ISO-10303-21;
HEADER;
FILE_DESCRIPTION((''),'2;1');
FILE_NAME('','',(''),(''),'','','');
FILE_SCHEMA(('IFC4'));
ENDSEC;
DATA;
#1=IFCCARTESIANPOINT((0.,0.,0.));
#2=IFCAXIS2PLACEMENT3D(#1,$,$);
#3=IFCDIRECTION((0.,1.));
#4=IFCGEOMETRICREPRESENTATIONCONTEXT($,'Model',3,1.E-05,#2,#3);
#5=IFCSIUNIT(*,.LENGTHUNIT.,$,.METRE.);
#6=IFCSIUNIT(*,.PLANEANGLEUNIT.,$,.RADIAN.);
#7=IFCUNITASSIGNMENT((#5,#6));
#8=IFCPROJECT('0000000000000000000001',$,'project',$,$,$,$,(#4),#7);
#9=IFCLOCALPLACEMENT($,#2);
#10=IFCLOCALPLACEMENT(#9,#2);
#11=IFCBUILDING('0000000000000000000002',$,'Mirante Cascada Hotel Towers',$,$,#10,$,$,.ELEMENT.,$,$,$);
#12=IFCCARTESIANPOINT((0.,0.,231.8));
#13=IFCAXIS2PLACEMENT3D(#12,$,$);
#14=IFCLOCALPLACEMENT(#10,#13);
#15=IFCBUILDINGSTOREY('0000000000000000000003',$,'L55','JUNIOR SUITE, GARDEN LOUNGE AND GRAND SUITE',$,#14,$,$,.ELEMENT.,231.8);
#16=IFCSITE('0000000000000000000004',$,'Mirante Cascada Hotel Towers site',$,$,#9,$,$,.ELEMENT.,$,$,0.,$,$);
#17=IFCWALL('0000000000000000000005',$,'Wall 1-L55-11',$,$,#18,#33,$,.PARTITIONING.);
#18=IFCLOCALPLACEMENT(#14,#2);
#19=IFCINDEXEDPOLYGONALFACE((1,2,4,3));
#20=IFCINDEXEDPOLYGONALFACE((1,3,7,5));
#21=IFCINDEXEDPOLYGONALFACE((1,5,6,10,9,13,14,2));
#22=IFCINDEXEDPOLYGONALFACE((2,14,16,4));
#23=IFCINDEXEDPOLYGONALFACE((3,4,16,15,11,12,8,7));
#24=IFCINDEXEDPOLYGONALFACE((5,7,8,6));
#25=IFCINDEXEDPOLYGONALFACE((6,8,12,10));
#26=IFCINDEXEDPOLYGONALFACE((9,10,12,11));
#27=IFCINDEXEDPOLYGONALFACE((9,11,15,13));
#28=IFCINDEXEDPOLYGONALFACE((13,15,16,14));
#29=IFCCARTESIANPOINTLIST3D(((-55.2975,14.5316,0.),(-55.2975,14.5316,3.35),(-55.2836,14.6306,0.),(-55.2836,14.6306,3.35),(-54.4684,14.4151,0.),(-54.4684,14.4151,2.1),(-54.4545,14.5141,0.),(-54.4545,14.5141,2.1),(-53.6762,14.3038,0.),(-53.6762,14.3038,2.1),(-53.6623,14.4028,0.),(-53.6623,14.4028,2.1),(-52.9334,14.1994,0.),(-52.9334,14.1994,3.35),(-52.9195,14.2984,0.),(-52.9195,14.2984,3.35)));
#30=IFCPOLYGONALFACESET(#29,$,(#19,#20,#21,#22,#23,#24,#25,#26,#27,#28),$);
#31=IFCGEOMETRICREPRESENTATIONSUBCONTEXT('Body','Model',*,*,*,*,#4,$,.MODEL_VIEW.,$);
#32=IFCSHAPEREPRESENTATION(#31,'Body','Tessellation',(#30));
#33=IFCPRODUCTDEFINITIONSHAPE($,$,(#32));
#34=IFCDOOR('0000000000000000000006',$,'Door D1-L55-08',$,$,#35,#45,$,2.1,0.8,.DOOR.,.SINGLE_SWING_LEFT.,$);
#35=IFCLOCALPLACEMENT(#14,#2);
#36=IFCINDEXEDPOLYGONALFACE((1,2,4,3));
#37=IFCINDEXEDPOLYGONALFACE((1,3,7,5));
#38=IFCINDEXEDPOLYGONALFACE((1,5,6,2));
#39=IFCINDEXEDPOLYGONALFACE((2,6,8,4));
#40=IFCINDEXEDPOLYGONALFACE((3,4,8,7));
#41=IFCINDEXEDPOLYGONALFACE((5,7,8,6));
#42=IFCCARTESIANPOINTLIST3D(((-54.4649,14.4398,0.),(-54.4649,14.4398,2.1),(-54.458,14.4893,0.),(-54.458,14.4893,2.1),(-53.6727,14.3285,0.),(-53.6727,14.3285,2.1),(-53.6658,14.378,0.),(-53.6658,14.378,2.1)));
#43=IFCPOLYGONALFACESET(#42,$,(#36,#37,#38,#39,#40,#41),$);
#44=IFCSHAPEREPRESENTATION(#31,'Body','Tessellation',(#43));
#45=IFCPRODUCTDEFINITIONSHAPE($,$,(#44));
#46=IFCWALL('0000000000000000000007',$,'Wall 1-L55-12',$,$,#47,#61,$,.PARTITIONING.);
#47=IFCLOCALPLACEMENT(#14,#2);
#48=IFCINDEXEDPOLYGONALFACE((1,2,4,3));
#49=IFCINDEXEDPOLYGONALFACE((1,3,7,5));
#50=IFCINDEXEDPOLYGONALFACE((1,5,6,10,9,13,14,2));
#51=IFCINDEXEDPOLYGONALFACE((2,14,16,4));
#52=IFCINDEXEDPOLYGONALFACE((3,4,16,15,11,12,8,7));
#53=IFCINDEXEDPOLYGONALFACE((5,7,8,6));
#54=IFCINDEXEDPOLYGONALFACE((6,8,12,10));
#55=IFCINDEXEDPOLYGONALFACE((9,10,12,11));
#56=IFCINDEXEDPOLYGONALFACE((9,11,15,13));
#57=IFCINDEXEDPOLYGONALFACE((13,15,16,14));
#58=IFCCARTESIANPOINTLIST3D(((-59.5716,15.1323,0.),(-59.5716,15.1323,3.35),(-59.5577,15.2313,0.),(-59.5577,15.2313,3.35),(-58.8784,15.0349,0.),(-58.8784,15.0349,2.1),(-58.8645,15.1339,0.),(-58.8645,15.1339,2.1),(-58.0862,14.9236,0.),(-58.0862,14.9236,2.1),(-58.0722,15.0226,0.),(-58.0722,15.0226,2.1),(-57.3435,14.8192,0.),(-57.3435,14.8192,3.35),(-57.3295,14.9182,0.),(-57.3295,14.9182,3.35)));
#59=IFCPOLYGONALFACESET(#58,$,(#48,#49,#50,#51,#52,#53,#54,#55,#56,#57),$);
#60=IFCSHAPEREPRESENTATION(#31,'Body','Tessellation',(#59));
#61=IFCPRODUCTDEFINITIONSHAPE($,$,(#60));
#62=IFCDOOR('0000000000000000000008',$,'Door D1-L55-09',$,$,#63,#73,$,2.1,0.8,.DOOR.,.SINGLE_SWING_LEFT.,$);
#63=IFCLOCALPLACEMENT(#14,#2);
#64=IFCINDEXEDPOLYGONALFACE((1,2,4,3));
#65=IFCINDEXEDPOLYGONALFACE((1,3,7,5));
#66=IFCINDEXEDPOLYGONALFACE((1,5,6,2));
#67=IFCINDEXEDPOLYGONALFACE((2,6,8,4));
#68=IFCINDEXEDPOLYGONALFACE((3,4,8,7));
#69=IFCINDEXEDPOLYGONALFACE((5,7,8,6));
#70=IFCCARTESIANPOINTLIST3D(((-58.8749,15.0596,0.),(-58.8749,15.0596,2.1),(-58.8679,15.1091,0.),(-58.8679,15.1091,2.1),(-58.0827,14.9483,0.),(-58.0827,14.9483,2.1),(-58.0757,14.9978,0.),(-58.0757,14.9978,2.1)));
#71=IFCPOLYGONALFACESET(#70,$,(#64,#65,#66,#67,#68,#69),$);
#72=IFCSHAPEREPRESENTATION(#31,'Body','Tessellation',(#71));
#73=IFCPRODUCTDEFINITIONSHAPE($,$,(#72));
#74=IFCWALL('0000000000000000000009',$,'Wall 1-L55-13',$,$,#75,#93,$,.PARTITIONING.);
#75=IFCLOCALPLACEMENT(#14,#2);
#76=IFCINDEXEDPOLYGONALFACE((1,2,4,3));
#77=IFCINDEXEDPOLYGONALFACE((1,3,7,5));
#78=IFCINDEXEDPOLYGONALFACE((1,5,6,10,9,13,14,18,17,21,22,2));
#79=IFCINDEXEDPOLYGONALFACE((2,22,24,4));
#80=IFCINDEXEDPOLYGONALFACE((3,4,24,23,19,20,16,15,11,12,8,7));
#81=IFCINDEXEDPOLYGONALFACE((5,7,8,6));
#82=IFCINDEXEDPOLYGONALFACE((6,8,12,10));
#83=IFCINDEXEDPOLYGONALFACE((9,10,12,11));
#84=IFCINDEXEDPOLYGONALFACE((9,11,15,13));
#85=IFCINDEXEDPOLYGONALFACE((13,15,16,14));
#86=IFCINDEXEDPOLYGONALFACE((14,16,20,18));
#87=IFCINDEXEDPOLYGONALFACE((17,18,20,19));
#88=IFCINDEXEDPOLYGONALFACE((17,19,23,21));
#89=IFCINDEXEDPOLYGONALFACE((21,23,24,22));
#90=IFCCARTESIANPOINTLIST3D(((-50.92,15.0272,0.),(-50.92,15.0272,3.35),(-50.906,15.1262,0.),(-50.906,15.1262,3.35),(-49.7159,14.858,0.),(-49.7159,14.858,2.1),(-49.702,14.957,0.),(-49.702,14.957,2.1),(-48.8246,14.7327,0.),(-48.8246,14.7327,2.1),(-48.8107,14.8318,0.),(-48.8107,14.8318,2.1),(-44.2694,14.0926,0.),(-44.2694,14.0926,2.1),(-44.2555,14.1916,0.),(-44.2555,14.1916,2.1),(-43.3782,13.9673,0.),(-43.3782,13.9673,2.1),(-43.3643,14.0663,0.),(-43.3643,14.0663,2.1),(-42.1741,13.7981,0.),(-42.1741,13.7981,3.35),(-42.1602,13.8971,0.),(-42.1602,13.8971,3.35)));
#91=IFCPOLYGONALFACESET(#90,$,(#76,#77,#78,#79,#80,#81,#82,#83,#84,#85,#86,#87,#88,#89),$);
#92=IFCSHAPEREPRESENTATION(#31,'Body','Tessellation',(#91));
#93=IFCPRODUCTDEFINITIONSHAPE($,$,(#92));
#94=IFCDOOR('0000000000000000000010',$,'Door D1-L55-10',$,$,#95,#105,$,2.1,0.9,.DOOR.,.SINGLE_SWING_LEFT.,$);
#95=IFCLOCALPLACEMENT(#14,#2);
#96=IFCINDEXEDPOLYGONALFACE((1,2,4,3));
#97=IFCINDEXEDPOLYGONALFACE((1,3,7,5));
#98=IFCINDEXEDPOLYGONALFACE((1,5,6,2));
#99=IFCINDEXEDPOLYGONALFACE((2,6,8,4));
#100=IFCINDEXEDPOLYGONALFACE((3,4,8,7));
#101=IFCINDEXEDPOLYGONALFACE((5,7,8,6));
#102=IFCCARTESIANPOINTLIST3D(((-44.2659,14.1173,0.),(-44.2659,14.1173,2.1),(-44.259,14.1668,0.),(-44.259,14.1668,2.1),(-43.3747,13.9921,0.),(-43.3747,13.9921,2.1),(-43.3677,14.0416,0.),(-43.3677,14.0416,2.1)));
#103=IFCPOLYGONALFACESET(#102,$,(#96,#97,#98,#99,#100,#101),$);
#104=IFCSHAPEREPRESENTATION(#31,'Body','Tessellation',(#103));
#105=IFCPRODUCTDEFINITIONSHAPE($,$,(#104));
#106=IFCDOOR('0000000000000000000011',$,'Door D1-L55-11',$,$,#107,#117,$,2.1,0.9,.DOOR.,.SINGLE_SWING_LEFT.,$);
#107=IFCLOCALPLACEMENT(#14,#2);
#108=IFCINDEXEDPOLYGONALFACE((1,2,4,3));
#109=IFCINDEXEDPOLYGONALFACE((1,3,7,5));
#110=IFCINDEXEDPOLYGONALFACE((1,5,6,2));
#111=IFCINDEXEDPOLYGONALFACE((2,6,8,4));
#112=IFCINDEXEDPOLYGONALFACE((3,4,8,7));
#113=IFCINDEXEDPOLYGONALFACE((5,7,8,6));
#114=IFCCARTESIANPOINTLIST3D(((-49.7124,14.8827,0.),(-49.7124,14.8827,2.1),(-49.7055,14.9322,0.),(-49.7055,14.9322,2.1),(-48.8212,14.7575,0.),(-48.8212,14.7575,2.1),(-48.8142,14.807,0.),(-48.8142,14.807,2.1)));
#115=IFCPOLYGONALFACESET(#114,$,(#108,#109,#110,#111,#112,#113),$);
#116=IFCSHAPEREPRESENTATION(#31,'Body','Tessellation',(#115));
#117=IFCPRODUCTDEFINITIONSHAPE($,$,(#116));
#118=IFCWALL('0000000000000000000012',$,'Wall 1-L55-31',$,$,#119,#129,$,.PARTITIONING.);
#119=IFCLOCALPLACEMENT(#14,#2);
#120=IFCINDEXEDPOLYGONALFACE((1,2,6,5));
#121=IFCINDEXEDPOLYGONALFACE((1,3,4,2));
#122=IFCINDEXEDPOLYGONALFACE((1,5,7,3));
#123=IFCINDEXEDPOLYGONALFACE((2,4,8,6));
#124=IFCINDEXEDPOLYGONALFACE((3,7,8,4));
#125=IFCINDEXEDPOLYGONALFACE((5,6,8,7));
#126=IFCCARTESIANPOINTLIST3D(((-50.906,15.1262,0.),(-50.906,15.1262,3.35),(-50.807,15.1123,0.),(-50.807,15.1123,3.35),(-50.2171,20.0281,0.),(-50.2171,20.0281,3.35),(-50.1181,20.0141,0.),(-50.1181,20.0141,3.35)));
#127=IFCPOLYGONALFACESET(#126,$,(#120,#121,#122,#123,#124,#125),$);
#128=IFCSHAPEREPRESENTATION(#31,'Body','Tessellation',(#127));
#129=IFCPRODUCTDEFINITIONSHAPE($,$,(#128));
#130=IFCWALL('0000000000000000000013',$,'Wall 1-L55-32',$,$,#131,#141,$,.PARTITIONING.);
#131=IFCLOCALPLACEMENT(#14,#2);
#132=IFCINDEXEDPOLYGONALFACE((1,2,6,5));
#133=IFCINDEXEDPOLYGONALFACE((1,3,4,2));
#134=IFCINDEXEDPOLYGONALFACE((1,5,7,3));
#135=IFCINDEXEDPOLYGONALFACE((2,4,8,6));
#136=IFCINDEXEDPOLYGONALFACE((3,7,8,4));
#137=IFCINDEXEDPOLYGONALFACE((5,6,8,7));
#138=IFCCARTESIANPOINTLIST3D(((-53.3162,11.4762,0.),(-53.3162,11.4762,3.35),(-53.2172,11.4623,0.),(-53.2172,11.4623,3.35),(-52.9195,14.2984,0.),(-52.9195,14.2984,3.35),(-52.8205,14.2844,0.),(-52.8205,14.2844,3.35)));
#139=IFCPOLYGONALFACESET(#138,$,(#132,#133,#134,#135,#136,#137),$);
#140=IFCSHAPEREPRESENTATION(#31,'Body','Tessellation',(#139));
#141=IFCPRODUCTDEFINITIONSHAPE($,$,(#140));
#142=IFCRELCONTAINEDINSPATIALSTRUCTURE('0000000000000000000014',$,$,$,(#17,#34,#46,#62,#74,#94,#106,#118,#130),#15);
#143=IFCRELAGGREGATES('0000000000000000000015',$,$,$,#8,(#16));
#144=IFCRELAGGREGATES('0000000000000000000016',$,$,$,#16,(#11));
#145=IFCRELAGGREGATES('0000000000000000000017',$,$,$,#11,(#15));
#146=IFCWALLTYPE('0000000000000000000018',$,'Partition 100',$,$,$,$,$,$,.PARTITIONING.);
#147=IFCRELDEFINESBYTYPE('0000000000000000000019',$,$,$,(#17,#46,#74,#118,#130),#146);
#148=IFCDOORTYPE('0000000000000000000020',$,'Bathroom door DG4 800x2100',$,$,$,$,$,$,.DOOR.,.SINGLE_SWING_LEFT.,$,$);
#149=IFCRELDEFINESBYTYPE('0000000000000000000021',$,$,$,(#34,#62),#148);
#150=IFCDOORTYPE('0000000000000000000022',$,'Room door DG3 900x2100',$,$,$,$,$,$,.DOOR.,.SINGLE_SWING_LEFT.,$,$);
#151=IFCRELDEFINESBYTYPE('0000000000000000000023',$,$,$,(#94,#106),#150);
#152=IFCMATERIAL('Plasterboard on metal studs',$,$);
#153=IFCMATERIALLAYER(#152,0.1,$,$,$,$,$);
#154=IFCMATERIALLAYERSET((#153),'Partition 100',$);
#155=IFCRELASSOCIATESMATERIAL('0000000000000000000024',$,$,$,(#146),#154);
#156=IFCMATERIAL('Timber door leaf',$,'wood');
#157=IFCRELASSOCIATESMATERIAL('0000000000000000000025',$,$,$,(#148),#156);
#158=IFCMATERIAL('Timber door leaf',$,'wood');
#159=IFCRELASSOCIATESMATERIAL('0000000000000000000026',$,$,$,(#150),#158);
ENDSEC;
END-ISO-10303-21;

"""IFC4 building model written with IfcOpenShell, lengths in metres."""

from ifc_helpers import new_model, si_unit, direction, frame, frame_2d, origin, place, context, subcontext, project, spatial, rectangle, extrude, material, layer, layer_set, type_object, element, fill, save


model = new_model("IFC4")

# Units and contexts
model_context = context("Model", 3, precision=1e-05, world=origin(), true_north=direction((0.0, 1.0)))
body_context = subcontext(model_context, "Body", "Model", "MODEL_VIEW")
ifc_project = project(units=[si_unit("LENGTHUNIT", "METRE"), si_unit("PLANEANGLEUNIT", "RADIAN")], contexts=[model_context])

# Site, building, storey
site_placement = place(None, origin())
site = spatial("IfcSite", under=ifc_project, at=site_placement, Name="Mirante Cascada Hotel Towers site", CompositionType="ELEMENT", RefElevation=0.0)
building_placement = place(site_placement, origin())
building = spatial("IfcBuilding", under=site, at=building_placement, Name="Mirante Cascada Hotel Towers", CompositionType="ELEMENT")
storey_placement = place(building_placement, frame((0.0, 0.0, 231.8)))
storey = spatial("IfcBuildingStorey", under=building, at=storey_placement, Name="L55", Description="JUNIOR SUITE, GARDEN LOUNGE AND GRAND SUITE", CompositionType="ELEMENT", Elevation=231.8)

# Walls, openings, doors
ifc_material_1 = material(Name="Plasterboard on metal studs")
ifc_layer_1 = layer(ifc_material_1, 0.1)
ifc_layer_set_1 = layer_set([ifc_layer_1], Name="Partition 100")
wall_type_1 = type_object("IfcWallType", Name="Partition 100", PredefinedType="PARTITIONING", material=ifc_layer_set_1)
wall_1_placement = place(storey_placement, frame((-55.2906, 14.5811, 0.0), z_axis=(0.0, 0.0, 1.0), x_axis=(0.990271, -0.139152, 0.0)))
wall_1 = element("IfcWall", 1, at=wall_1_placement, inside=storey, type_object=wall_type_1, Name="Wall 1-L55-11", PredefinedType="PARTITIONING", context=body_context, shape_type="SweptSolid", body=[
    extrude(rectangle(XDim=2.3873, YDim=0.1, at=frame_2d((1.1937, 0.0))), origin(), (0.0, 0.0, 1.0), 3.35),
])
opening_1_placement = place(wall_1_placement, frame((0.8373, 0.0, 0.0)))
opening_1 = element("IfcOpeningElement", 2, at=opening_1_placement, cuts=wall_1, PredefinedType="OPENING", context=body_context, shape_type="SweptSolid", body=[
    extrude(rectangle(XDim=0.8, YDim=2.1, at=frame_2d((0.4, 1.05))), frame((0.0, 0.05, 0.0), z_axis=(0.0, -1.0, 0.0), x_axis=(1.0, 0.0, 0.0)), (0.0, 0.0, 1.0), 0.1),
])
ifc_material_2 = material(Name="Timber door leaf", Category="wood")
door_type_1 = type_object("IfcDoorType", Name="Bathroom door DG4 800x2100", OperationType="SINGLE_SWING_LEFT", PredefinedType="DOOR", material=ifc_material_2)
door_1_placement = place(opening_1_placement, origin())
door_1 = element("IfcDoor", 3, at=door_1_placement, inside=storey, type_object=door_type_1, Name="Door D1-L55-08", OperationType="SINGLE_SWING_LEFT", OverallHeight=2.1, OverallWidth=0.8, PredefinedType="DOOR", context=body_context, shape_type="SweptSolid", body=[
    extrude(rectangle(XDim=0.8, YDim=2.1, at=frame_2d((0.4, 1.05))), frame((0.0, 0.025, 0.0), z_axis=(0.0, -1.0, 0.0), x_axis=(1.0, 0.0, 0.0)), (0.0, 0.0, 1.0), 0.05),
])
fill(opening_1, door_1)
wall_2_placement = place(storey_placement, frame((-57.3365, 14.8687, 0.0), z_axis=(0.0, 0.0, 1.0), x_axis=(-0.990271, 0.139156, 0.0)))
wall_2 = element("IfcWall", 4, at=wall_2_placement, inside=storey, type_object=wall_type_1, Name="Wall 1-L55-12", PredefinedType="PARTITIONING", context=body_context, shape_type="SweptSolid", body=[
    extrude(rectangle(XDim=2.25, YDim=0.1, at=frame_2d((1.125, 0.0))), origin(), (0.0, 0.0, 1.0), 3.35),
])
opening_2_placement = place(wall_2_placement, frame((0.75, 0.0, 0.0)))
opening_2 = element("IfcOpeningElement", 5, at=opening_2_placement, cuts=wall_2, PredefinedType="OPENING", context=body_context, shape_type="SweptSolid", body=[
    extrude(rectangle(XDim=0.8, YDim=2.1, at=frame_2d((0.4, 1.05))), frame((0.0, 0.05, 0.0), z_axis=(0.0, -1.0, 0.0), x_axis=(1.0, 0.0, 0.0)), (0.0, 0.0, 1.0), 0.1),
])
door_2_placement = place(opening_2_placement, origin())
door_2 = element("IfcDoor", 6, at=door_2_placement, inside=storey, type_object=door_type_1, Name="Door D1-L55-09", OperationType="SINGLE_SWING_LEFT", OverallHeight=2.1, OverallWidth=0.8, PredefinedType="DOOR", context=body_context, shape_type="SweptSolid", body=[
    extrude(rectangle(XDim=0.8, YDim=2.1, at=frame_2d((0.4, 1.05))), frame((0.0, 0.025, 0.0), z_axis=(0.0, -1.0, 0.0), x_axis=(1.0, 0.0, 0.0)), (0.0, 0.0, 1.0), 0.05),
])
fill(opening_2, door_2)

# Wall, openings, doors
wall_3_placement = place(storey_placement, frame((-50.913, 15.0767, 0.0), z_axis=(0.0, 0.0, 1.0), x_axis=(0.990269, -0.139167, 0.0)))
wall_3 = element("IfcWall", 7, at=wall_3_placement, inside=storey, type_object=wall_type_1, Name="Wall 1-L55-13", PredefinedType="PARTITIONING", context=body_context, shape_type="SweptSolid", body=[
    extrude(rectangle(XDim=8.8318, YDim=0.1, at=frame_2d((4.4159, 0.0))), origin(), (0.0, 0.0, 1.0), 3.35),
])
opening_3_placement = place(wall_3_placement, frame((6.7159, 0.0, 0.0)))
opening_3 = element("IfcOpeningElement", 8, at=opening_3_placement, cuts=wall_3, PredefinedType="OPENING", context=body_context, shape_type="SweptSolid", body=[
    extrude(rectangle(XDim=0.9, YDim=2.1, at=frame_2d((0.45, 1.05))), frame((0.0, 0.05, 0.0), z_axis=(0.0, -1.0, 0.0), x_axis=(1.0, 0.0, 0.0)), (0.0, 0.0, 1.0), 0.1),
])
opening_4_placement = place(wall_3_placement, frame((1.2159, 0.0, 0.0)))
opening_4 = element("IfcOpeningElement", 9, at=opening_4_placement, cuts=wall_3, PredefinedType="OPENING", context=body_context, shape_type="SweptSolid", body=[
    extrude(rectangle(XDim=0.9, YDim=2.1, at=frame_2d((0.45, 1.05))), frame((0.0, 0.05, 0.0), z_axis=(0.0, -1.0, 0.0), x_axis=(1.0, 0.0, 0.0)), (0.0, 0.0, 1.0), 0.1),
])
ifc_material_3 = material(Name="Timber door leaf", Category="wood")
door_type_2 = type_object("IfcDoorType", Name="Room door DG3 900x2100", OperationType="SINGLE_SWING_LEFT", PredefinedType="DOOR", material=ifc_material_3)
door_3_placement = place(opening_3_placement, origin())
door_3 = element("IfcDoor", 10, at=door_3_placement, inside=storey, type_object=door_type_2, Name="Door D1-L55-10", OperationType="SINGLE_SWING_LEFT", OverallHeight=2.1, OverallWidth=0.9, PredefinedType="DOOR", context=body_context, shape_type="SweptSolid", body=[
    extrude(rectangle(XDim=0.9, YDim=2.1, at=frame_2d((0.45, 1.05))), frame((0.0, 0.025, 0.0), z_axis=(0.0, -1.0, 0.0), x_axis=(1.0, 0.0, 0.0)), (0.0, 0.0, 1.0), 0.05),
])
fill(opening_3, door_3)
door_4_placement = place(opening_4_placement, origin())
door_4 = element("IfcDoor", 11, at=door_4_placement, inside=storey, type_object=door_type_2, Name="Door D1-L55-11", OperationType="SINGLE_SWING_LEFT", OverallHeight=2.1, OverallWidth=0.9, PredefinedType="DOOR", context=body_context, shape_type="SweptSolid", body=[
    extrude(rectangle(XDim=0.9, YDim=2.1, at=frame_2d((0.45, 1.05))), frame((0.0, 0.025, 0.0), z_axis=(0.0, -1.0, 0.0), x_axis=(1.0, 0.0, 0.0)), (0.0, 0.0, 1.0), 0.05),
])
fill(opening_4, door_4)

# Walls
wall_4_placement = place(storey_placement, frame((-50.1676, 20.0211, 0.0), z_axis=(0.0, 0.0, 1.0), x_axis=(-0.139173, -0.990268, 0.0)))
element("IfcWall", 12, at=wall_4_placement, inside=storey, type_object=wall_type_1, Name="Wall 1-L55-31", PredefinedType="PARTITIONING", context=body_context, shape_type="SweptSolid", body=[
    extrude(rectangle(XDim=4.95, YDim=0.1, at=frame_2d((2.475, 0.0))), origin(), (0.0, 0.0, 1.0), 3.35),
])
wall_5_placement = place(storey_placement, frame((-53.2667, 11.4692, 0.0), z_axis=(0.0, 0.0, 1.0), x_axis=(0.139196, 0.990265, 0.0)))
element("IfcWall", 13, at=wall_5_placement, inside=storey, type_object=wall_type_1, Name="Wall 1-L55-32", PredefinedType="PARTITIONING", context=body_context, shape_type="SweptSolid", body=[
    extrude(rectangle(XDim=2.8499, YDim=0.1, at=frame_2d((1.425, 0.0))), origin(), (0.0, 0.0, 1.0), 3.35),
])

save(model, "model.ifc")
